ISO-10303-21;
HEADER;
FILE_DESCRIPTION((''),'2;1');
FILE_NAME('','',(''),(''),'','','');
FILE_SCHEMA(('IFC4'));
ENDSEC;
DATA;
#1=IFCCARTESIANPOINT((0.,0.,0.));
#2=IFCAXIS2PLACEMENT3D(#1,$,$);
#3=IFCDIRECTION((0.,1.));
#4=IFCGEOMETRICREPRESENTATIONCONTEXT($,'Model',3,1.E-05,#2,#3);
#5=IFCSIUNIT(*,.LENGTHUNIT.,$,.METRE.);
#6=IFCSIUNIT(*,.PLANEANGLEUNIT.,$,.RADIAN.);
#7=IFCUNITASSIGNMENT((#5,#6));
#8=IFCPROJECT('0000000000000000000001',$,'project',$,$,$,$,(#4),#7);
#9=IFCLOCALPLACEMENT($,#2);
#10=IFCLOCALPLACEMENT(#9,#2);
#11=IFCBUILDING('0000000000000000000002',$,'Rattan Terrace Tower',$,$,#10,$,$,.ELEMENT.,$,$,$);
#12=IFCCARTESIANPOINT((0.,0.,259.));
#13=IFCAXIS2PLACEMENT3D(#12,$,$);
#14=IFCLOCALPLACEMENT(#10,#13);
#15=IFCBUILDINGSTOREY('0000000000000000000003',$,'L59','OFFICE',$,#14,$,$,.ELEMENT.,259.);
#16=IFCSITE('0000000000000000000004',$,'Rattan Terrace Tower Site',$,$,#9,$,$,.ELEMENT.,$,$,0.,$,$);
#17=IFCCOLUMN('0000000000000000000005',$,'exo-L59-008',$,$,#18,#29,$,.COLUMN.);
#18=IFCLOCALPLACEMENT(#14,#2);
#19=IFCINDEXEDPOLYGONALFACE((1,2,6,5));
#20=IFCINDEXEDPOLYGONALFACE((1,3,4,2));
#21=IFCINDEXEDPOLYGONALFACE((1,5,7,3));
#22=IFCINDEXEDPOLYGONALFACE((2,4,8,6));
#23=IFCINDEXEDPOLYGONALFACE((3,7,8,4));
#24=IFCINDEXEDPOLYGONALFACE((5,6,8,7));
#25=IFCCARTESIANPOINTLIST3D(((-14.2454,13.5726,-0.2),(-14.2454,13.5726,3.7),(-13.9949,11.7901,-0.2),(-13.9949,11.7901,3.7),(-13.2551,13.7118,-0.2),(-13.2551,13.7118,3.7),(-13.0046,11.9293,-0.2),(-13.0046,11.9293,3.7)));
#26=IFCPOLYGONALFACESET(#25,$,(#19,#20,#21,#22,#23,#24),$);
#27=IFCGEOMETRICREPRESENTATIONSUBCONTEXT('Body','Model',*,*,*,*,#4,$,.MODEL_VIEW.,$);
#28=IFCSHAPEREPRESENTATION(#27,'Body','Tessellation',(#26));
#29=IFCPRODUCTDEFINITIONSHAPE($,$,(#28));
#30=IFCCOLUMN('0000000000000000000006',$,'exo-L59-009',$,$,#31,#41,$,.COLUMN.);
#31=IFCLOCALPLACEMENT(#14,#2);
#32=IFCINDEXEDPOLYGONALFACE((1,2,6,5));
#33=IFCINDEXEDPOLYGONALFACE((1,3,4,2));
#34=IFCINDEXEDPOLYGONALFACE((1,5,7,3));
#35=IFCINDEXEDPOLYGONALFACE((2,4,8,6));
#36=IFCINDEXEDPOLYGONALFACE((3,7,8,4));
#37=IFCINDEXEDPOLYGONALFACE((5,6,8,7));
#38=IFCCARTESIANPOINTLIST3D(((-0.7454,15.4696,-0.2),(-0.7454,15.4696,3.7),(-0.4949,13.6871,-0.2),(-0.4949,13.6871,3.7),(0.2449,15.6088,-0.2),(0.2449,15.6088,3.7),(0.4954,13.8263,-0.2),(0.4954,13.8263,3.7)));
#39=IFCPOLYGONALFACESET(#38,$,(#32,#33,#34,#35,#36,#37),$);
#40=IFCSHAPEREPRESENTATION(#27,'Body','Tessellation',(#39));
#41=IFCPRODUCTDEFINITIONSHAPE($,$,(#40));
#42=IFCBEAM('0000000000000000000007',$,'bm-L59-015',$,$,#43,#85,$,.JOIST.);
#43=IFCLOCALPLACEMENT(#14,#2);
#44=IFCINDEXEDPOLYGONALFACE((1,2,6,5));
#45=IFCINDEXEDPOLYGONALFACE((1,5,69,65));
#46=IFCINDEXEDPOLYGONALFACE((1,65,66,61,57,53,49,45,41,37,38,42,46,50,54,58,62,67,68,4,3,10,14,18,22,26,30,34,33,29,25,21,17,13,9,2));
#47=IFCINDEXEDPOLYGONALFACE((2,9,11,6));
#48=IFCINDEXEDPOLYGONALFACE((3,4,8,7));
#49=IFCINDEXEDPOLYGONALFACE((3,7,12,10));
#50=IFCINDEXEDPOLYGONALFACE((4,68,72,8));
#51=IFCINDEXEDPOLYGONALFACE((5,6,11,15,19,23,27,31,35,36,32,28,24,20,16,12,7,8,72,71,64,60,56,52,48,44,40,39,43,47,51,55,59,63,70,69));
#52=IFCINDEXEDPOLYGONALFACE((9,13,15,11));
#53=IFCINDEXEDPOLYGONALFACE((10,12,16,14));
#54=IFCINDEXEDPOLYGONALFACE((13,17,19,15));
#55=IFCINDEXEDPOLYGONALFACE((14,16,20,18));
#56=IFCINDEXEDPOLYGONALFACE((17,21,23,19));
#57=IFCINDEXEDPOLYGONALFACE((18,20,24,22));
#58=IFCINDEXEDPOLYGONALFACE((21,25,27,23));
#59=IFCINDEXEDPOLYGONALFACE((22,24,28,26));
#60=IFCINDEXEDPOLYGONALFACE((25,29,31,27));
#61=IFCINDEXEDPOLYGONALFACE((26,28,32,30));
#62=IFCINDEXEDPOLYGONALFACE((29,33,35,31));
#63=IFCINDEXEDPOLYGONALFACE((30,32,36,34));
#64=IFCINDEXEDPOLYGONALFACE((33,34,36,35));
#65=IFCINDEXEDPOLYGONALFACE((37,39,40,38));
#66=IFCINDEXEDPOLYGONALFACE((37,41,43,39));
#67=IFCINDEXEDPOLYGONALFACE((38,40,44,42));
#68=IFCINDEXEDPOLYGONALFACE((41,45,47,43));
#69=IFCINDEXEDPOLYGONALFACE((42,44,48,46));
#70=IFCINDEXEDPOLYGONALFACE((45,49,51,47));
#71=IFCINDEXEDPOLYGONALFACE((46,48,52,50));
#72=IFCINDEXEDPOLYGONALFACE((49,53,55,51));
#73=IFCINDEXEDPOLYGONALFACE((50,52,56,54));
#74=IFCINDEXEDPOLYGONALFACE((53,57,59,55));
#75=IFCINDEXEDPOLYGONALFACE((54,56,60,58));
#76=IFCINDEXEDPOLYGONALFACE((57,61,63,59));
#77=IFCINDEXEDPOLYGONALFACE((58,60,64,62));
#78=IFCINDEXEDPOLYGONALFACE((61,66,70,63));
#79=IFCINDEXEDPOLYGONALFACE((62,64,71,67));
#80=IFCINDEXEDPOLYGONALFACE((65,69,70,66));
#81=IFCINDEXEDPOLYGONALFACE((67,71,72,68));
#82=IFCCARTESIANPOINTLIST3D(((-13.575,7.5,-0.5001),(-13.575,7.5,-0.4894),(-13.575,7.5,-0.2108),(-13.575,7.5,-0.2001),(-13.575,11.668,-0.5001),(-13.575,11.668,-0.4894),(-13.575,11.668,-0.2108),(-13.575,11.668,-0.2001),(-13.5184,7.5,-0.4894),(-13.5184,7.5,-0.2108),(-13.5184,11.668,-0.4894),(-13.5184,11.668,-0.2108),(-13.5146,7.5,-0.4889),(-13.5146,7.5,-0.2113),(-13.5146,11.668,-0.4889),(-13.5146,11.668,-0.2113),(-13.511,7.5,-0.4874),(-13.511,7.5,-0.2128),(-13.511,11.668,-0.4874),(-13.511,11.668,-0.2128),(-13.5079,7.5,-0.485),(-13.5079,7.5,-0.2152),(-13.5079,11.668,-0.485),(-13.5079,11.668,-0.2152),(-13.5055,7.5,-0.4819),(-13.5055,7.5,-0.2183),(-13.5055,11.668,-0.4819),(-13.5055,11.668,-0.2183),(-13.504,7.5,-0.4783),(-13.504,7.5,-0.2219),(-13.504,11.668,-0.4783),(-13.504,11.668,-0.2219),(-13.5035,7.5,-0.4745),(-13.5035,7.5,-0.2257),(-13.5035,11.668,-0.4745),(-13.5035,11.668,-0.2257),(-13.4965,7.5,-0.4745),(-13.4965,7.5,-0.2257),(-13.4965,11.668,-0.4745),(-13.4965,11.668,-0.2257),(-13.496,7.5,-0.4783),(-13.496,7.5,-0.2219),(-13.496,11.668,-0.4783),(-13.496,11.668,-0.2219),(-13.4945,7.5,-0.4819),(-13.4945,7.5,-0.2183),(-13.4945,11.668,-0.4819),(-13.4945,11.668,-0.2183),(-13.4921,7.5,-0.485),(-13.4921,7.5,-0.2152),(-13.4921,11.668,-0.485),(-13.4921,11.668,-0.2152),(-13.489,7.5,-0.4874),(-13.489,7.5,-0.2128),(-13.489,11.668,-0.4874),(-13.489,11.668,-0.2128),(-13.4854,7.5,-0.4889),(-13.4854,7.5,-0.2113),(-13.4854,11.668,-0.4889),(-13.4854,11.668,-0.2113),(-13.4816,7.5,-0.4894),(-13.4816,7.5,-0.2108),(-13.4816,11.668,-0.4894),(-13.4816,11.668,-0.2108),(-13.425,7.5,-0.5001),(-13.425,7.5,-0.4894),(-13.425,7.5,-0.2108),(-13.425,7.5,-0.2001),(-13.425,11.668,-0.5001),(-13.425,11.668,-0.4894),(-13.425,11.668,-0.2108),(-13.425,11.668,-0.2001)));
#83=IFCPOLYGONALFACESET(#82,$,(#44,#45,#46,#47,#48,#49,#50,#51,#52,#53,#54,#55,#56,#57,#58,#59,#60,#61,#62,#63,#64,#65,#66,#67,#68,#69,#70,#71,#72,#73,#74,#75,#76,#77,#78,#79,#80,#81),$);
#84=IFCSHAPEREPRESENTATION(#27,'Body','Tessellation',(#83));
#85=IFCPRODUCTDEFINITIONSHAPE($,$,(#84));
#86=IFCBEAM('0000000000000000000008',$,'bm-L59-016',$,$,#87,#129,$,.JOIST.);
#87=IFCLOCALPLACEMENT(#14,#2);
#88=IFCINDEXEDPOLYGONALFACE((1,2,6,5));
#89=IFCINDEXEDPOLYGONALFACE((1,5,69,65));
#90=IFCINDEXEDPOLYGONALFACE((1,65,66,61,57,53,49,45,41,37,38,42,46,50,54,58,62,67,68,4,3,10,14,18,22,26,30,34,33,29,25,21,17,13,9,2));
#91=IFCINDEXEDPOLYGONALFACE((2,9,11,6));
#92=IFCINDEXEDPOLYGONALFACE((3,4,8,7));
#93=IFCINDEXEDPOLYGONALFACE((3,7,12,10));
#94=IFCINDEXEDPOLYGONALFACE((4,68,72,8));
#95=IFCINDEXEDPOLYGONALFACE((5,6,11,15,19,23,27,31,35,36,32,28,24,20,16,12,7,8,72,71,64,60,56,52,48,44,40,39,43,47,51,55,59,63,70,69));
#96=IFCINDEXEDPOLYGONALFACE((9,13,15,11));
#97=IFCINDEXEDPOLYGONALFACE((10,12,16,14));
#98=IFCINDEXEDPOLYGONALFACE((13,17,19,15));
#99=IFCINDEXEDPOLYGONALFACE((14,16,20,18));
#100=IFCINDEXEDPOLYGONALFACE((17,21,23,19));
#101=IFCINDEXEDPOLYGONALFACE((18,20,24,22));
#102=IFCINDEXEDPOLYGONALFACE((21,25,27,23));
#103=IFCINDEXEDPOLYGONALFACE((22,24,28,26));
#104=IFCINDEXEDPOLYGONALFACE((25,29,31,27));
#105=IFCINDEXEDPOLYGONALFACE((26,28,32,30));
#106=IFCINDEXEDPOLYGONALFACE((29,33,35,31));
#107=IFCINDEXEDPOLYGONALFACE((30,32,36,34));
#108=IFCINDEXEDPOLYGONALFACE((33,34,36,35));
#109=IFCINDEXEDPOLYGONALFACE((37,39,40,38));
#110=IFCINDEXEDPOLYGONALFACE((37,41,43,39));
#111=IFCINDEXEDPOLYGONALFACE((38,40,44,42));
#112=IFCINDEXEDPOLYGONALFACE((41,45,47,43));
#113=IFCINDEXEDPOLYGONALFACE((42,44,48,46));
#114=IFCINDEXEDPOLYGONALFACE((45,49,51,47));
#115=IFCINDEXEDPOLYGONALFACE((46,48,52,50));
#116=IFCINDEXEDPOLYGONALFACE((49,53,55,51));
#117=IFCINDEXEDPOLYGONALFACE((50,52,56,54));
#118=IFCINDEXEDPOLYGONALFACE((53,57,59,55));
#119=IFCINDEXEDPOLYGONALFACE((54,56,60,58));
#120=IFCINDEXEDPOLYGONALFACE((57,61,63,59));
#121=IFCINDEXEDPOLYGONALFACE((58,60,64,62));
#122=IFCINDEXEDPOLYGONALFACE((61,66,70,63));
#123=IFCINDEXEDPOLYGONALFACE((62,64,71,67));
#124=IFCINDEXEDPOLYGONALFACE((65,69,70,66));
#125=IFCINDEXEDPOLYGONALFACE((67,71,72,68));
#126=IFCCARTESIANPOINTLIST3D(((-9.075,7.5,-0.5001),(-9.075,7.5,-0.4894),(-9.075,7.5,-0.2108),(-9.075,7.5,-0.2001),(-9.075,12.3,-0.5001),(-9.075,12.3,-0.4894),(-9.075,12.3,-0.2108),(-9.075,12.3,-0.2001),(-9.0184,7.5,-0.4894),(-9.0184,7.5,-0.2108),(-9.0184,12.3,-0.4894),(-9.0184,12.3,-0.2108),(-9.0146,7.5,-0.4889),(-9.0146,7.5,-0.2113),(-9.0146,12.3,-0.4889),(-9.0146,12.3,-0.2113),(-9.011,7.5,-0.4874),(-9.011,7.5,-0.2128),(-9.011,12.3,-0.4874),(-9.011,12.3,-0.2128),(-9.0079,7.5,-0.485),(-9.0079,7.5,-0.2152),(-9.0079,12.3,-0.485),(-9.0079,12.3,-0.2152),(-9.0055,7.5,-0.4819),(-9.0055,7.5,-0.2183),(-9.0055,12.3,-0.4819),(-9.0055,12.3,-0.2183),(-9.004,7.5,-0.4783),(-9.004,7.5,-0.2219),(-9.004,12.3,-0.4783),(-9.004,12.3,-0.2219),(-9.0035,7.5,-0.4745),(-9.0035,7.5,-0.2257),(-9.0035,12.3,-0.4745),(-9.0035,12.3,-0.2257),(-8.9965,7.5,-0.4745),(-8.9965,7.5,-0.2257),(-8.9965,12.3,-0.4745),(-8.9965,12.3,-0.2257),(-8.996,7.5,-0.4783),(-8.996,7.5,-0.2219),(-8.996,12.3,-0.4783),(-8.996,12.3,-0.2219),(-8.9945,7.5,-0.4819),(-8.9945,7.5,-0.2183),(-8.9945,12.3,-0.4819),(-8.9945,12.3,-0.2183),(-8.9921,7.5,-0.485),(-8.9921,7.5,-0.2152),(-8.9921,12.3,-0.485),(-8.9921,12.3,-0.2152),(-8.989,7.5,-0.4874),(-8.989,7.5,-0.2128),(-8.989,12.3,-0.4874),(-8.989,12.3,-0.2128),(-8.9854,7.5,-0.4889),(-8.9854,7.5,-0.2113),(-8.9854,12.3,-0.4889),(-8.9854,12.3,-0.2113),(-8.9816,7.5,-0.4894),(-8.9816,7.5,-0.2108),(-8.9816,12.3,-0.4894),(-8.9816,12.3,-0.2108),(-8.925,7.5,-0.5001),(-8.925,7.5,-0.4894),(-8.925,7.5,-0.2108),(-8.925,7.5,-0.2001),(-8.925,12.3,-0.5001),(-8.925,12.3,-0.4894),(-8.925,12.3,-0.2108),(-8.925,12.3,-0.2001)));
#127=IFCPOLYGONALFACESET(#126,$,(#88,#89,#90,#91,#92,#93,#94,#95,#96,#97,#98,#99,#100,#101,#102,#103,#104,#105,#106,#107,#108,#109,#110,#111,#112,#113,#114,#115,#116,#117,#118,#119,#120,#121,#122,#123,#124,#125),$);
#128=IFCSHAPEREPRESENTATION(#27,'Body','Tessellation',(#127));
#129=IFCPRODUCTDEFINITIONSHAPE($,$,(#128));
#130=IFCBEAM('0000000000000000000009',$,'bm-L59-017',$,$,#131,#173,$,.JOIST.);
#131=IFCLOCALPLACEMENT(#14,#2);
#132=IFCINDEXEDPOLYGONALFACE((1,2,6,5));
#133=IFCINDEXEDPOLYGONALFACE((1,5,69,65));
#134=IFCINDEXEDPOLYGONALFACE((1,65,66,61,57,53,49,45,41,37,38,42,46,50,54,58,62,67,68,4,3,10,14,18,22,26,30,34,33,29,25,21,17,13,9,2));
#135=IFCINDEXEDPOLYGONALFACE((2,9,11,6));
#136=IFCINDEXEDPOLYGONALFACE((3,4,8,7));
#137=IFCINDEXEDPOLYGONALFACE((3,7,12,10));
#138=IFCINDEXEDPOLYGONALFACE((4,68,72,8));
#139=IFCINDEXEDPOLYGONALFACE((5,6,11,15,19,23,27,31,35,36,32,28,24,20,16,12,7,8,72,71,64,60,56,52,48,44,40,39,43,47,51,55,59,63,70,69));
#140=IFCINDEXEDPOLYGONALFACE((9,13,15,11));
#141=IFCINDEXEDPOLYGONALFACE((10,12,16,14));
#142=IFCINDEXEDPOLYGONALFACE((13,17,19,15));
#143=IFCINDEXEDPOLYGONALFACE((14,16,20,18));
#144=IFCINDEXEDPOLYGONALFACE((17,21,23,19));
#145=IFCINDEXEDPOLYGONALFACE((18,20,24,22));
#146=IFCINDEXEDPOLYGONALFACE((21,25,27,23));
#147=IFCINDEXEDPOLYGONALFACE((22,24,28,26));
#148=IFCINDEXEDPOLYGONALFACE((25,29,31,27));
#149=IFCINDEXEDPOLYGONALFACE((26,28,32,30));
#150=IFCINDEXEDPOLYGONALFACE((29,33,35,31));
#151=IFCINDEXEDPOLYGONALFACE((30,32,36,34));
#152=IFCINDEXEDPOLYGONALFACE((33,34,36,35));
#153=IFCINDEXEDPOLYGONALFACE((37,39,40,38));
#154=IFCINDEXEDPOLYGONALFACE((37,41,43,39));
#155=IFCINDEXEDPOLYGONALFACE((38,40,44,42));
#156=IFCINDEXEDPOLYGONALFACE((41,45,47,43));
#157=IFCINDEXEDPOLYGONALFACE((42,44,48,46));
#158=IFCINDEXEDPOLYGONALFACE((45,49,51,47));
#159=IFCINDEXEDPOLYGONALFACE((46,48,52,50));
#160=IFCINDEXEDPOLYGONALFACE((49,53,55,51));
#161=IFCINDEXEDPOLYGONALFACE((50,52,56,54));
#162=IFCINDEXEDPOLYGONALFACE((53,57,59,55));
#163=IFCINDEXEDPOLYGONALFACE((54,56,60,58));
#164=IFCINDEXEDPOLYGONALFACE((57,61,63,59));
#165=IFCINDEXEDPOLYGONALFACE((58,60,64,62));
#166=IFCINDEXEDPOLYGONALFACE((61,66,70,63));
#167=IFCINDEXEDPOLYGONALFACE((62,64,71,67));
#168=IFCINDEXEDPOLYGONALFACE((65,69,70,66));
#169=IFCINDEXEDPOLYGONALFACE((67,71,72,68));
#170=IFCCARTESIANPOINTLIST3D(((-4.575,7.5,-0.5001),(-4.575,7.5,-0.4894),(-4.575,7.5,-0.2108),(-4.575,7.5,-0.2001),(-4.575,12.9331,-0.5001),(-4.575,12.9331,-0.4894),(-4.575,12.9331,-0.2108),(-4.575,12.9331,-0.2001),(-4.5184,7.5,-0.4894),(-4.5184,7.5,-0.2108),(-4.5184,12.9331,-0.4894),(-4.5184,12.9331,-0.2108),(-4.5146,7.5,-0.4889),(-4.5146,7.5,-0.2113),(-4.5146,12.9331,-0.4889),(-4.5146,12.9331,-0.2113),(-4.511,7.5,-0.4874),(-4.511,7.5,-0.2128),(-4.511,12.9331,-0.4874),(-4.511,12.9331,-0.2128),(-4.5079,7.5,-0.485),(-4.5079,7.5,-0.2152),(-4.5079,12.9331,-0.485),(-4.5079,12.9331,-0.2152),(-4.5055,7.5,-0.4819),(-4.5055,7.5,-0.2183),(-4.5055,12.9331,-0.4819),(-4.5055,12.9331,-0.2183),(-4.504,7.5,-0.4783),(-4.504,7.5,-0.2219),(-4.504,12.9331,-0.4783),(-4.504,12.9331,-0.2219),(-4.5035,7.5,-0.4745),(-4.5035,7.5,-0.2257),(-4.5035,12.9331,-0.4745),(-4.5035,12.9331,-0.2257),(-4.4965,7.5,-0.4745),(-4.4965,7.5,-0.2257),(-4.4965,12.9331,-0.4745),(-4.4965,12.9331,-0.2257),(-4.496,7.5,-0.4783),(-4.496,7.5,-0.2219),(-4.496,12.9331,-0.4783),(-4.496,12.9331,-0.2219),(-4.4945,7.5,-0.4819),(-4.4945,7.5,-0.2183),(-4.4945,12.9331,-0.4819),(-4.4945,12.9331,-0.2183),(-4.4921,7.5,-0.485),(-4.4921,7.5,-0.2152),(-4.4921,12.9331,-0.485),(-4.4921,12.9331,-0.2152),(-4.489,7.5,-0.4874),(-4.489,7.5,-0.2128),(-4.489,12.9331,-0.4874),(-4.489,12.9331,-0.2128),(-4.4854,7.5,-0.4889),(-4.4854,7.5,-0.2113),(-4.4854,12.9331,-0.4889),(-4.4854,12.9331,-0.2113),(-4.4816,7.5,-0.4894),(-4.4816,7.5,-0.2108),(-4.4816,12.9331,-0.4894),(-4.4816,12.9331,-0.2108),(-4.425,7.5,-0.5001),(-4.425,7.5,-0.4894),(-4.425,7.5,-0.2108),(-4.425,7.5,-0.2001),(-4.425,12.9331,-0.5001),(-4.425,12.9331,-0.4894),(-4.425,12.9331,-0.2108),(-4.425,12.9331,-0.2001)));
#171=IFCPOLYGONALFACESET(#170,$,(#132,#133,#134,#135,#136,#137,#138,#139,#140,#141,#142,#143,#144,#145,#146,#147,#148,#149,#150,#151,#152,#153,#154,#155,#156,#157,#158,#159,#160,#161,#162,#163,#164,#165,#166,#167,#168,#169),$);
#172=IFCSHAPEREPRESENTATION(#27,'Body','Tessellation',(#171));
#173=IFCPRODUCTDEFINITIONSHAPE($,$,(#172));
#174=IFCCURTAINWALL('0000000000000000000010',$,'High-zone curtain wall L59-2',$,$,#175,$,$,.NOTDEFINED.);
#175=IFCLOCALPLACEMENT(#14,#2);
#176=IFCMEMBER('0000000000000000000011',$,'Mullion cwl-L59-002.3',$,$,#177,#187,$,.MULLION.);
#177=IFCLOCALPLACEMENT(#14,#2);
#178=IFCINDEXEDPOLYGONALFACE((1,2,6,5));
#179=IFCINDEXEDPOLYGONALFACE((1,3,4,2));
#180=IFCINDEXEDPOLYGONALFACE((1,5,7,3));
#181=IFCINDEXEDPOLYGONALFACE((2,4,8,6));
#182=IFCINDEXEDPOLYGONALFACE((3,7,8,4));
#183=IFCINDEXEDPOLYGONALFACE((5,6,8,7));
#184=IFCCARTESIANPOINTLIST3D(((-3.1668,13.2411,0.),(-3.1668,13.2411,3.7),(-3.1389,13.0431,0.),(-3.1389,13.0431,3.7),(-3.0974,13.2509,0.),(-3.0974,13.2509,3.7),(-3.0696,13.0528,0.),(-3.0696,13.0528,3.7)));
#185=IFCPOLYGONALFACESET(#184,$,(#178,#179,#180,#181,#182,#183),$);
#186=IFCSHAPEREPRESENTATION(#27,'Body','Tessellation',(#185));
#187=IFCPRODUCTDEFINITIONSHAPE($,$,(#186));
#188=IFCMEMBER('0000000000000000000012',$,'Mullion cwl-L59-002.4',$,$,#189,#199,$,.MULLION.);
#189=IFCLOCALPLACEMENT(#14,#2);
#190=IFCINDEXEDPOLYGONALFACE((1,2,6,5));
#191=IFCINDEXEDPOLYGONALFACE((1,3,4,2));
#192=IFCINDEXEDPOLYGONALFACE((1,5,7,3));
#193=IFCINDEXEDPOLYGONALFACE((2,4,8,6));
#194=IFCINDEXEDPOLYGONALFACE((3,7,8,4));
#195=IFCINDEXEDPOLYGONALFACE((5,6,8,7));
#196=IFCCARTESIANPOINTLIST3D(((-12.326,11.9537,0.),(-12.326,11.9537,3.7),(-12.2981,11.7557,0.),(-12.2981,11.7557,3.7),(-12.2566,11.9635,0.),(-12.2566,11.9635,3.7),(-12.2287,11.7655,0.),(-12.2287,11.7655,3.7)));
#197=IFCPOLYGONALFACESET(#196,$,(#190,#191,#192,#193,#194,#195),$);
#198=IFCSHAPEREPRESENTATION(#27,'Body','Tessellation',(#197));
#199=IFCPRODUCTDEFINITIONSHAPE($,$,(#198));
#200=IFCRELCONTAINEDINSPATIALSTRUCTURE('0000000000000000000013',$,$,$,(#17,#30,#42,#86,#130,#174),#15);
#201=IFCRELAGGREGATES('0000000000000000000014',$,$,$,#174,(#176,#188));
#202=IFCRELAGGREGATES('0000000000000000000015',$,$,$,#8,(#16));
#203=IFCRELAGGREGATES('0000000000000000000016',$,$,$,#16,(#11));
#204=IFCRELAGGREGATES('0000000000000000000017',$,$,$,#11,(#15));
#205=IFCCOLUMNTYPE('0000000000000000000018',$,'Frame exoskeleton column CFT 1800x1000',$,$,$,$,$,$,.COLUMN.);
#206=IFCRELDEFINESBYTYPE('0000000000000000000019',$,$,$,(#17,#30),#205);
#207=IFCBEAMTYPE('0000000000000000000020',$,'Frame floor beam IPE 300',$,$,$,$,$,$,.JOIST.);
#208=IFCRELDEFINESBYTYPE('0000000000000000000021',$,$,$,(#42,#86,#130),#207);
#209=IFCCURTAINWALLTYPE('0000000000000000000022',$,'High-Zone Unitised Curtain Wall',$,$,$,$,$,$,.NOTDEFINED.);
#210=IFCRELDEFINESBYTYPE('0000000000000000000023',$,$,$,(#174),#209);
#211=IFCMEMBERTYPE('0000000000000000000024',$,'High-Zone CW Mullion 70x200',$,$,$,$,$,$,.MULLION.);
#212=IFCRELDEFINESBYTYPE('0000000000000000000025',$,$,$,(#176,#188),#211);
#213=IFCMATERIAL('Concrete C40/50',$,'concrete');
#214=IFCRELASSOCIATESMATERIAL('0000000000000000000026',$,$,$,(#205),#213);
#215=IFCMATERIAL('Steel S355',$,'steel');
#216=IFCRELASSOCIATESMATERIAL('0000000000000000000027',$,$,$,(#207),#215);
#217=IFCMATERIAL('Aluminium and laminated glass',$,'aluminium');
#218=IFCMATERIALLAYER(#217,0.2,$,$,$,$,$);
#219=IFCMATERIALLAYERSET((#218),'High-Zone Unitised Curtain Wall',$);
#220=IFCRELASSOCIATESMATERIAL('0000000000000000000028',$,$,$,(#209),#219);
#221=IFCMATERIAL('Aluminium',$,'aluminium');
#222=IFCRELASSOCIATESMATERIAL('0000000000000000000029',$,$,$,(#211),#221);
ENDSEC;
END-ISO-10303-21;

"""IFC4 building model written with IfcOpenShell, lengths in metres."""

from ifc_helpers import new_model, si_unit, direction, frame, origin, origin_2d, place, context, subcontext, project, spatial, rectangle, i_section, extrude, material, layer, layer_set, material_profile, profile_set, type_object, element, aggregate, save


model = new_model("IFC4")

# Units and contexts
model_context = context("Model", 3, precision=1e-05, world=origin(), true_north=direction((0.0, 1.0)))
body_context = subcontext(model_context, "Body", "Model", "MODEL_VIEW")
ifc_project = project(units=[si_unit("LENGTHUNIT", "METRE"), si_unit("PLANEANGLEUNIT", "RADIAN")], contexts=[model_context])

# Site, building, storey
site_placement = place(None, origin())
site = spatial("IfcSite", under=ifc_project, at=site_placement, Name="Rattan Terrace Tower Site", CompositionType="ELEMENT", RefElevation=0.0)
building_placement = place(site_placement, origin())
building = spatial("IfcBuilding", under=site, at=building_placement, Name="Rattan Terrace Tower", CompositionType="ELEMENT")
storey_placement = place(building_placement, frame((0.0, 0.0, 259.0)))
storey = spatial("IfcBuildingStorey", under=building, at=storey_placement, Name="L59", Description="OFFICE", CompositionType="ELEMENT", Elevation=259.0)

# Columns
ifc_material_1 = material(Name="Concrete C40/50", Category="concrete")
ifc_material_profile_1 = material_profile(ifc_material_1, rectangle(XDim=1.0, YDim=1.8, at=origin_2d()), Name="CFT 1800x1000")
ifc_profile_set_1 = profile_set([ifc_material_profile_1], Name="Concrete C40/50")
column_type = type_object("IfcColumnType", Name="Frame exoskeleton column CFT 1800x1000", PredefinedType="COLUMN", material=ifc_profile_set_1)
for number, where, z_axis, x_axis, name in (
    (1, (-13.625, 12.751, -0.2), (0.0, 0.0, 1.0), (0.990266, 0.13919, 0.0), "exo-L59-008"),
    (2, (-0.125, 14.6479, -0.2), (0.0, 0.0, 1.0), (0.990266, 0.13919, 0.0), "exo-L59-009"),
):
    element("IfcColumn", number, at=place(storey_placement, frame(where, z_axis=z_axis, x_axis=x_axis)), inside=storey, type_object=column_type, Name=name, PredefinedType="COLUMN", context=body_context, shape_type="SweptSolid", body=[
        extrude(rectangle(XDim=1.0, YDim=1.8, at=origin_2d()), origin(), (0.0, 0.0, 1.0), 3.8999),
    ])

# Beams
ifc_material_2 = material(Name="Steel S355", Category="steel")
ifc_material_profile_2 = material_profile(ifc_material_2, i_section(OverallWidth=0.1499, OverallDepth=0.3, WebThickness=0.0071, FlangeThickness=0.0107, FilletRadius=0.0149, at=origin_2d()), Name="IPE 300")
ifc_profile_set_2 = profile_set([ifc_material_profile_2], Name="Steel S355")
beam_type = type_object("IfcBeamType", Name="Frame floor beam IPE 300", PredefinedType="JOIST", material=ifc_profile_set_2)
beam_1_placement = place(storey_placement, frame((-13.5, 7.5, -0.3501), z_axis=(0.0, 1.0, 0.0), x_axis=(-1.0, 0.0, 0.0)))
element("IfcBeam", 3, at=beam_1_placement, inside=storey, type_object=beam_type, Name="bm-L59-015", PredefinedType="JOIST", context=body_context, shape_type="SweptSolid", body=[
    extrude(i_section(OverallWidth=0.1499, OverallDepth=0.3, WebThickness=0.0071, FlangeThickness=0.0107, FilletRadius=0.0149, at=origin_2d()), origin(), (0.0, 0.0, 1.0), 4.168),
])
beam_2_placement = place(storey_placement, frame((-9.0, 7.5, -0.3501), z_axis=(0.0, 1.0, 0.0), x_axis=(-1.0, 0.0, 0.0)))
element("IfcBeam", 4, at=beam_2_placement, inside=storey, type_object=beam_type, Name="bm-L59-016", PredefinedType="JOIST", context=body_context, shape_type="SweptSolid", body=[
    extrude(i_section(OverallWidth=0.1499, OverallDepth=0.3, WebThickness=0.0071, FlangeThickness=0.0107, FilletRadius=0.0149, at=origin_2d()), origin(), (0.0, 0.0, 1.0), 4.8),
])
beam_3_placement = place(storey_placement, frame((-4.5, 7.5, -0.3501), z_axis=(0.0, 1.0, 0.0), x_axis=(-1.0, 0.0, 0.0)))
element("IfcBeam", 5, at=beam_3_placement, inside=storey, type_object=beam_type, Name="bm-L59-017", PredefinedType="JOIST", context=body_context, shape_type="SweptSolid", body=[
    extrude(i_section(OverallWidth=0.1499, OverallDepth=0.3, WebThickness=0.0071, FlangeThickness=0.0107, FilletRadius=0.0149, at=origin_2d()), origin(), (0.0, 0.0, 1.0), 5.4331),
])

# Curtain wall, members
ifc_material_3 = material(Name="Aluminium and laminated glass", Category="aluminium")
ifc_layer_1 = layer(ifc_material_3, 0.2)
ifc_layer_set_1 = layer_set([ifc_layer_1], Name="High-Zone Unitised Curtain Wall")
curtain_wall_type = type_object("IfcCurtainWallType", Name="High-Zone Unitised Curtain Wall", PredefinedType="NOTDEFINED", material=ifc_layer_set_1)
curtain_wall_placement = place(storey_placement, origin())
curtain_wall = element("IfcCurtainWall", 6, at=curtain_wall_placement, inside=storey, type_object=curtain_wall_type, Name="High-zone curtain wall L59-2", PredefinedType="NOTDEFINED")
ifc_material_4 = material(Name="Aluminium", Category="aluminium")
ifc_material_profile_3 = material_profile(ifc_material_4, rectangle(XDim=0.0701, YDim=0.2, at=origin_2d()), Name="Aluminium 70x200")
ifc_profile_set_3 = profile_set([ifc_material_profile_3], Name="Aluminium")
member_type_1 = type_object("IfcMemberType", Name="High-Zone CW Mullion 70x200", PredefinedType="MULLION", material=ifc_profile_set_3)
member_1_placement = place(storey_placement, frame((-3.1182, 13.147, 0.0), z_axis=(0.0, 0.0, 1.0), x_axis=(-0.990266, -0.139189, 0.0)))
member_1 = element("IfcMember", 7, at=member_1_placement, type_object=member_type_1, Name="Mullion cwl-L59-002.3", PredefinedType="MULLION", context=body_context, shape_type="SweptSolid", body=[
    extrude(rectangle(XDim=0.0701, YDim=0.2, at=origin_2d()), origin(), (0.0, 0.0, 1.0), 3.7),
])
member_2_placement = place(storey_placement, frame((-12.2773, 11.8596, 0.0), z_axis=(0.0, 0.0, 1.0), x_axis=(-0.990266, -0.139189, 0.0)))
member_2 = element("IfcMember", 8, at=member_2_placement, type_object=member_type_1, Name="Mullion cwl-L59-002.4", PredefinedType="MULLION", context=body_context, shape_type="SweptSolid", body=[
    extrude(rectangle(XDim=0.0701, YDim=0.2, at=origin_2d()), origin(), (0.0, 0.0, 1.0), 3.7),
])
aggregate(curtain_wall, [member_1, member_2])

save(model, "model.ifc")
